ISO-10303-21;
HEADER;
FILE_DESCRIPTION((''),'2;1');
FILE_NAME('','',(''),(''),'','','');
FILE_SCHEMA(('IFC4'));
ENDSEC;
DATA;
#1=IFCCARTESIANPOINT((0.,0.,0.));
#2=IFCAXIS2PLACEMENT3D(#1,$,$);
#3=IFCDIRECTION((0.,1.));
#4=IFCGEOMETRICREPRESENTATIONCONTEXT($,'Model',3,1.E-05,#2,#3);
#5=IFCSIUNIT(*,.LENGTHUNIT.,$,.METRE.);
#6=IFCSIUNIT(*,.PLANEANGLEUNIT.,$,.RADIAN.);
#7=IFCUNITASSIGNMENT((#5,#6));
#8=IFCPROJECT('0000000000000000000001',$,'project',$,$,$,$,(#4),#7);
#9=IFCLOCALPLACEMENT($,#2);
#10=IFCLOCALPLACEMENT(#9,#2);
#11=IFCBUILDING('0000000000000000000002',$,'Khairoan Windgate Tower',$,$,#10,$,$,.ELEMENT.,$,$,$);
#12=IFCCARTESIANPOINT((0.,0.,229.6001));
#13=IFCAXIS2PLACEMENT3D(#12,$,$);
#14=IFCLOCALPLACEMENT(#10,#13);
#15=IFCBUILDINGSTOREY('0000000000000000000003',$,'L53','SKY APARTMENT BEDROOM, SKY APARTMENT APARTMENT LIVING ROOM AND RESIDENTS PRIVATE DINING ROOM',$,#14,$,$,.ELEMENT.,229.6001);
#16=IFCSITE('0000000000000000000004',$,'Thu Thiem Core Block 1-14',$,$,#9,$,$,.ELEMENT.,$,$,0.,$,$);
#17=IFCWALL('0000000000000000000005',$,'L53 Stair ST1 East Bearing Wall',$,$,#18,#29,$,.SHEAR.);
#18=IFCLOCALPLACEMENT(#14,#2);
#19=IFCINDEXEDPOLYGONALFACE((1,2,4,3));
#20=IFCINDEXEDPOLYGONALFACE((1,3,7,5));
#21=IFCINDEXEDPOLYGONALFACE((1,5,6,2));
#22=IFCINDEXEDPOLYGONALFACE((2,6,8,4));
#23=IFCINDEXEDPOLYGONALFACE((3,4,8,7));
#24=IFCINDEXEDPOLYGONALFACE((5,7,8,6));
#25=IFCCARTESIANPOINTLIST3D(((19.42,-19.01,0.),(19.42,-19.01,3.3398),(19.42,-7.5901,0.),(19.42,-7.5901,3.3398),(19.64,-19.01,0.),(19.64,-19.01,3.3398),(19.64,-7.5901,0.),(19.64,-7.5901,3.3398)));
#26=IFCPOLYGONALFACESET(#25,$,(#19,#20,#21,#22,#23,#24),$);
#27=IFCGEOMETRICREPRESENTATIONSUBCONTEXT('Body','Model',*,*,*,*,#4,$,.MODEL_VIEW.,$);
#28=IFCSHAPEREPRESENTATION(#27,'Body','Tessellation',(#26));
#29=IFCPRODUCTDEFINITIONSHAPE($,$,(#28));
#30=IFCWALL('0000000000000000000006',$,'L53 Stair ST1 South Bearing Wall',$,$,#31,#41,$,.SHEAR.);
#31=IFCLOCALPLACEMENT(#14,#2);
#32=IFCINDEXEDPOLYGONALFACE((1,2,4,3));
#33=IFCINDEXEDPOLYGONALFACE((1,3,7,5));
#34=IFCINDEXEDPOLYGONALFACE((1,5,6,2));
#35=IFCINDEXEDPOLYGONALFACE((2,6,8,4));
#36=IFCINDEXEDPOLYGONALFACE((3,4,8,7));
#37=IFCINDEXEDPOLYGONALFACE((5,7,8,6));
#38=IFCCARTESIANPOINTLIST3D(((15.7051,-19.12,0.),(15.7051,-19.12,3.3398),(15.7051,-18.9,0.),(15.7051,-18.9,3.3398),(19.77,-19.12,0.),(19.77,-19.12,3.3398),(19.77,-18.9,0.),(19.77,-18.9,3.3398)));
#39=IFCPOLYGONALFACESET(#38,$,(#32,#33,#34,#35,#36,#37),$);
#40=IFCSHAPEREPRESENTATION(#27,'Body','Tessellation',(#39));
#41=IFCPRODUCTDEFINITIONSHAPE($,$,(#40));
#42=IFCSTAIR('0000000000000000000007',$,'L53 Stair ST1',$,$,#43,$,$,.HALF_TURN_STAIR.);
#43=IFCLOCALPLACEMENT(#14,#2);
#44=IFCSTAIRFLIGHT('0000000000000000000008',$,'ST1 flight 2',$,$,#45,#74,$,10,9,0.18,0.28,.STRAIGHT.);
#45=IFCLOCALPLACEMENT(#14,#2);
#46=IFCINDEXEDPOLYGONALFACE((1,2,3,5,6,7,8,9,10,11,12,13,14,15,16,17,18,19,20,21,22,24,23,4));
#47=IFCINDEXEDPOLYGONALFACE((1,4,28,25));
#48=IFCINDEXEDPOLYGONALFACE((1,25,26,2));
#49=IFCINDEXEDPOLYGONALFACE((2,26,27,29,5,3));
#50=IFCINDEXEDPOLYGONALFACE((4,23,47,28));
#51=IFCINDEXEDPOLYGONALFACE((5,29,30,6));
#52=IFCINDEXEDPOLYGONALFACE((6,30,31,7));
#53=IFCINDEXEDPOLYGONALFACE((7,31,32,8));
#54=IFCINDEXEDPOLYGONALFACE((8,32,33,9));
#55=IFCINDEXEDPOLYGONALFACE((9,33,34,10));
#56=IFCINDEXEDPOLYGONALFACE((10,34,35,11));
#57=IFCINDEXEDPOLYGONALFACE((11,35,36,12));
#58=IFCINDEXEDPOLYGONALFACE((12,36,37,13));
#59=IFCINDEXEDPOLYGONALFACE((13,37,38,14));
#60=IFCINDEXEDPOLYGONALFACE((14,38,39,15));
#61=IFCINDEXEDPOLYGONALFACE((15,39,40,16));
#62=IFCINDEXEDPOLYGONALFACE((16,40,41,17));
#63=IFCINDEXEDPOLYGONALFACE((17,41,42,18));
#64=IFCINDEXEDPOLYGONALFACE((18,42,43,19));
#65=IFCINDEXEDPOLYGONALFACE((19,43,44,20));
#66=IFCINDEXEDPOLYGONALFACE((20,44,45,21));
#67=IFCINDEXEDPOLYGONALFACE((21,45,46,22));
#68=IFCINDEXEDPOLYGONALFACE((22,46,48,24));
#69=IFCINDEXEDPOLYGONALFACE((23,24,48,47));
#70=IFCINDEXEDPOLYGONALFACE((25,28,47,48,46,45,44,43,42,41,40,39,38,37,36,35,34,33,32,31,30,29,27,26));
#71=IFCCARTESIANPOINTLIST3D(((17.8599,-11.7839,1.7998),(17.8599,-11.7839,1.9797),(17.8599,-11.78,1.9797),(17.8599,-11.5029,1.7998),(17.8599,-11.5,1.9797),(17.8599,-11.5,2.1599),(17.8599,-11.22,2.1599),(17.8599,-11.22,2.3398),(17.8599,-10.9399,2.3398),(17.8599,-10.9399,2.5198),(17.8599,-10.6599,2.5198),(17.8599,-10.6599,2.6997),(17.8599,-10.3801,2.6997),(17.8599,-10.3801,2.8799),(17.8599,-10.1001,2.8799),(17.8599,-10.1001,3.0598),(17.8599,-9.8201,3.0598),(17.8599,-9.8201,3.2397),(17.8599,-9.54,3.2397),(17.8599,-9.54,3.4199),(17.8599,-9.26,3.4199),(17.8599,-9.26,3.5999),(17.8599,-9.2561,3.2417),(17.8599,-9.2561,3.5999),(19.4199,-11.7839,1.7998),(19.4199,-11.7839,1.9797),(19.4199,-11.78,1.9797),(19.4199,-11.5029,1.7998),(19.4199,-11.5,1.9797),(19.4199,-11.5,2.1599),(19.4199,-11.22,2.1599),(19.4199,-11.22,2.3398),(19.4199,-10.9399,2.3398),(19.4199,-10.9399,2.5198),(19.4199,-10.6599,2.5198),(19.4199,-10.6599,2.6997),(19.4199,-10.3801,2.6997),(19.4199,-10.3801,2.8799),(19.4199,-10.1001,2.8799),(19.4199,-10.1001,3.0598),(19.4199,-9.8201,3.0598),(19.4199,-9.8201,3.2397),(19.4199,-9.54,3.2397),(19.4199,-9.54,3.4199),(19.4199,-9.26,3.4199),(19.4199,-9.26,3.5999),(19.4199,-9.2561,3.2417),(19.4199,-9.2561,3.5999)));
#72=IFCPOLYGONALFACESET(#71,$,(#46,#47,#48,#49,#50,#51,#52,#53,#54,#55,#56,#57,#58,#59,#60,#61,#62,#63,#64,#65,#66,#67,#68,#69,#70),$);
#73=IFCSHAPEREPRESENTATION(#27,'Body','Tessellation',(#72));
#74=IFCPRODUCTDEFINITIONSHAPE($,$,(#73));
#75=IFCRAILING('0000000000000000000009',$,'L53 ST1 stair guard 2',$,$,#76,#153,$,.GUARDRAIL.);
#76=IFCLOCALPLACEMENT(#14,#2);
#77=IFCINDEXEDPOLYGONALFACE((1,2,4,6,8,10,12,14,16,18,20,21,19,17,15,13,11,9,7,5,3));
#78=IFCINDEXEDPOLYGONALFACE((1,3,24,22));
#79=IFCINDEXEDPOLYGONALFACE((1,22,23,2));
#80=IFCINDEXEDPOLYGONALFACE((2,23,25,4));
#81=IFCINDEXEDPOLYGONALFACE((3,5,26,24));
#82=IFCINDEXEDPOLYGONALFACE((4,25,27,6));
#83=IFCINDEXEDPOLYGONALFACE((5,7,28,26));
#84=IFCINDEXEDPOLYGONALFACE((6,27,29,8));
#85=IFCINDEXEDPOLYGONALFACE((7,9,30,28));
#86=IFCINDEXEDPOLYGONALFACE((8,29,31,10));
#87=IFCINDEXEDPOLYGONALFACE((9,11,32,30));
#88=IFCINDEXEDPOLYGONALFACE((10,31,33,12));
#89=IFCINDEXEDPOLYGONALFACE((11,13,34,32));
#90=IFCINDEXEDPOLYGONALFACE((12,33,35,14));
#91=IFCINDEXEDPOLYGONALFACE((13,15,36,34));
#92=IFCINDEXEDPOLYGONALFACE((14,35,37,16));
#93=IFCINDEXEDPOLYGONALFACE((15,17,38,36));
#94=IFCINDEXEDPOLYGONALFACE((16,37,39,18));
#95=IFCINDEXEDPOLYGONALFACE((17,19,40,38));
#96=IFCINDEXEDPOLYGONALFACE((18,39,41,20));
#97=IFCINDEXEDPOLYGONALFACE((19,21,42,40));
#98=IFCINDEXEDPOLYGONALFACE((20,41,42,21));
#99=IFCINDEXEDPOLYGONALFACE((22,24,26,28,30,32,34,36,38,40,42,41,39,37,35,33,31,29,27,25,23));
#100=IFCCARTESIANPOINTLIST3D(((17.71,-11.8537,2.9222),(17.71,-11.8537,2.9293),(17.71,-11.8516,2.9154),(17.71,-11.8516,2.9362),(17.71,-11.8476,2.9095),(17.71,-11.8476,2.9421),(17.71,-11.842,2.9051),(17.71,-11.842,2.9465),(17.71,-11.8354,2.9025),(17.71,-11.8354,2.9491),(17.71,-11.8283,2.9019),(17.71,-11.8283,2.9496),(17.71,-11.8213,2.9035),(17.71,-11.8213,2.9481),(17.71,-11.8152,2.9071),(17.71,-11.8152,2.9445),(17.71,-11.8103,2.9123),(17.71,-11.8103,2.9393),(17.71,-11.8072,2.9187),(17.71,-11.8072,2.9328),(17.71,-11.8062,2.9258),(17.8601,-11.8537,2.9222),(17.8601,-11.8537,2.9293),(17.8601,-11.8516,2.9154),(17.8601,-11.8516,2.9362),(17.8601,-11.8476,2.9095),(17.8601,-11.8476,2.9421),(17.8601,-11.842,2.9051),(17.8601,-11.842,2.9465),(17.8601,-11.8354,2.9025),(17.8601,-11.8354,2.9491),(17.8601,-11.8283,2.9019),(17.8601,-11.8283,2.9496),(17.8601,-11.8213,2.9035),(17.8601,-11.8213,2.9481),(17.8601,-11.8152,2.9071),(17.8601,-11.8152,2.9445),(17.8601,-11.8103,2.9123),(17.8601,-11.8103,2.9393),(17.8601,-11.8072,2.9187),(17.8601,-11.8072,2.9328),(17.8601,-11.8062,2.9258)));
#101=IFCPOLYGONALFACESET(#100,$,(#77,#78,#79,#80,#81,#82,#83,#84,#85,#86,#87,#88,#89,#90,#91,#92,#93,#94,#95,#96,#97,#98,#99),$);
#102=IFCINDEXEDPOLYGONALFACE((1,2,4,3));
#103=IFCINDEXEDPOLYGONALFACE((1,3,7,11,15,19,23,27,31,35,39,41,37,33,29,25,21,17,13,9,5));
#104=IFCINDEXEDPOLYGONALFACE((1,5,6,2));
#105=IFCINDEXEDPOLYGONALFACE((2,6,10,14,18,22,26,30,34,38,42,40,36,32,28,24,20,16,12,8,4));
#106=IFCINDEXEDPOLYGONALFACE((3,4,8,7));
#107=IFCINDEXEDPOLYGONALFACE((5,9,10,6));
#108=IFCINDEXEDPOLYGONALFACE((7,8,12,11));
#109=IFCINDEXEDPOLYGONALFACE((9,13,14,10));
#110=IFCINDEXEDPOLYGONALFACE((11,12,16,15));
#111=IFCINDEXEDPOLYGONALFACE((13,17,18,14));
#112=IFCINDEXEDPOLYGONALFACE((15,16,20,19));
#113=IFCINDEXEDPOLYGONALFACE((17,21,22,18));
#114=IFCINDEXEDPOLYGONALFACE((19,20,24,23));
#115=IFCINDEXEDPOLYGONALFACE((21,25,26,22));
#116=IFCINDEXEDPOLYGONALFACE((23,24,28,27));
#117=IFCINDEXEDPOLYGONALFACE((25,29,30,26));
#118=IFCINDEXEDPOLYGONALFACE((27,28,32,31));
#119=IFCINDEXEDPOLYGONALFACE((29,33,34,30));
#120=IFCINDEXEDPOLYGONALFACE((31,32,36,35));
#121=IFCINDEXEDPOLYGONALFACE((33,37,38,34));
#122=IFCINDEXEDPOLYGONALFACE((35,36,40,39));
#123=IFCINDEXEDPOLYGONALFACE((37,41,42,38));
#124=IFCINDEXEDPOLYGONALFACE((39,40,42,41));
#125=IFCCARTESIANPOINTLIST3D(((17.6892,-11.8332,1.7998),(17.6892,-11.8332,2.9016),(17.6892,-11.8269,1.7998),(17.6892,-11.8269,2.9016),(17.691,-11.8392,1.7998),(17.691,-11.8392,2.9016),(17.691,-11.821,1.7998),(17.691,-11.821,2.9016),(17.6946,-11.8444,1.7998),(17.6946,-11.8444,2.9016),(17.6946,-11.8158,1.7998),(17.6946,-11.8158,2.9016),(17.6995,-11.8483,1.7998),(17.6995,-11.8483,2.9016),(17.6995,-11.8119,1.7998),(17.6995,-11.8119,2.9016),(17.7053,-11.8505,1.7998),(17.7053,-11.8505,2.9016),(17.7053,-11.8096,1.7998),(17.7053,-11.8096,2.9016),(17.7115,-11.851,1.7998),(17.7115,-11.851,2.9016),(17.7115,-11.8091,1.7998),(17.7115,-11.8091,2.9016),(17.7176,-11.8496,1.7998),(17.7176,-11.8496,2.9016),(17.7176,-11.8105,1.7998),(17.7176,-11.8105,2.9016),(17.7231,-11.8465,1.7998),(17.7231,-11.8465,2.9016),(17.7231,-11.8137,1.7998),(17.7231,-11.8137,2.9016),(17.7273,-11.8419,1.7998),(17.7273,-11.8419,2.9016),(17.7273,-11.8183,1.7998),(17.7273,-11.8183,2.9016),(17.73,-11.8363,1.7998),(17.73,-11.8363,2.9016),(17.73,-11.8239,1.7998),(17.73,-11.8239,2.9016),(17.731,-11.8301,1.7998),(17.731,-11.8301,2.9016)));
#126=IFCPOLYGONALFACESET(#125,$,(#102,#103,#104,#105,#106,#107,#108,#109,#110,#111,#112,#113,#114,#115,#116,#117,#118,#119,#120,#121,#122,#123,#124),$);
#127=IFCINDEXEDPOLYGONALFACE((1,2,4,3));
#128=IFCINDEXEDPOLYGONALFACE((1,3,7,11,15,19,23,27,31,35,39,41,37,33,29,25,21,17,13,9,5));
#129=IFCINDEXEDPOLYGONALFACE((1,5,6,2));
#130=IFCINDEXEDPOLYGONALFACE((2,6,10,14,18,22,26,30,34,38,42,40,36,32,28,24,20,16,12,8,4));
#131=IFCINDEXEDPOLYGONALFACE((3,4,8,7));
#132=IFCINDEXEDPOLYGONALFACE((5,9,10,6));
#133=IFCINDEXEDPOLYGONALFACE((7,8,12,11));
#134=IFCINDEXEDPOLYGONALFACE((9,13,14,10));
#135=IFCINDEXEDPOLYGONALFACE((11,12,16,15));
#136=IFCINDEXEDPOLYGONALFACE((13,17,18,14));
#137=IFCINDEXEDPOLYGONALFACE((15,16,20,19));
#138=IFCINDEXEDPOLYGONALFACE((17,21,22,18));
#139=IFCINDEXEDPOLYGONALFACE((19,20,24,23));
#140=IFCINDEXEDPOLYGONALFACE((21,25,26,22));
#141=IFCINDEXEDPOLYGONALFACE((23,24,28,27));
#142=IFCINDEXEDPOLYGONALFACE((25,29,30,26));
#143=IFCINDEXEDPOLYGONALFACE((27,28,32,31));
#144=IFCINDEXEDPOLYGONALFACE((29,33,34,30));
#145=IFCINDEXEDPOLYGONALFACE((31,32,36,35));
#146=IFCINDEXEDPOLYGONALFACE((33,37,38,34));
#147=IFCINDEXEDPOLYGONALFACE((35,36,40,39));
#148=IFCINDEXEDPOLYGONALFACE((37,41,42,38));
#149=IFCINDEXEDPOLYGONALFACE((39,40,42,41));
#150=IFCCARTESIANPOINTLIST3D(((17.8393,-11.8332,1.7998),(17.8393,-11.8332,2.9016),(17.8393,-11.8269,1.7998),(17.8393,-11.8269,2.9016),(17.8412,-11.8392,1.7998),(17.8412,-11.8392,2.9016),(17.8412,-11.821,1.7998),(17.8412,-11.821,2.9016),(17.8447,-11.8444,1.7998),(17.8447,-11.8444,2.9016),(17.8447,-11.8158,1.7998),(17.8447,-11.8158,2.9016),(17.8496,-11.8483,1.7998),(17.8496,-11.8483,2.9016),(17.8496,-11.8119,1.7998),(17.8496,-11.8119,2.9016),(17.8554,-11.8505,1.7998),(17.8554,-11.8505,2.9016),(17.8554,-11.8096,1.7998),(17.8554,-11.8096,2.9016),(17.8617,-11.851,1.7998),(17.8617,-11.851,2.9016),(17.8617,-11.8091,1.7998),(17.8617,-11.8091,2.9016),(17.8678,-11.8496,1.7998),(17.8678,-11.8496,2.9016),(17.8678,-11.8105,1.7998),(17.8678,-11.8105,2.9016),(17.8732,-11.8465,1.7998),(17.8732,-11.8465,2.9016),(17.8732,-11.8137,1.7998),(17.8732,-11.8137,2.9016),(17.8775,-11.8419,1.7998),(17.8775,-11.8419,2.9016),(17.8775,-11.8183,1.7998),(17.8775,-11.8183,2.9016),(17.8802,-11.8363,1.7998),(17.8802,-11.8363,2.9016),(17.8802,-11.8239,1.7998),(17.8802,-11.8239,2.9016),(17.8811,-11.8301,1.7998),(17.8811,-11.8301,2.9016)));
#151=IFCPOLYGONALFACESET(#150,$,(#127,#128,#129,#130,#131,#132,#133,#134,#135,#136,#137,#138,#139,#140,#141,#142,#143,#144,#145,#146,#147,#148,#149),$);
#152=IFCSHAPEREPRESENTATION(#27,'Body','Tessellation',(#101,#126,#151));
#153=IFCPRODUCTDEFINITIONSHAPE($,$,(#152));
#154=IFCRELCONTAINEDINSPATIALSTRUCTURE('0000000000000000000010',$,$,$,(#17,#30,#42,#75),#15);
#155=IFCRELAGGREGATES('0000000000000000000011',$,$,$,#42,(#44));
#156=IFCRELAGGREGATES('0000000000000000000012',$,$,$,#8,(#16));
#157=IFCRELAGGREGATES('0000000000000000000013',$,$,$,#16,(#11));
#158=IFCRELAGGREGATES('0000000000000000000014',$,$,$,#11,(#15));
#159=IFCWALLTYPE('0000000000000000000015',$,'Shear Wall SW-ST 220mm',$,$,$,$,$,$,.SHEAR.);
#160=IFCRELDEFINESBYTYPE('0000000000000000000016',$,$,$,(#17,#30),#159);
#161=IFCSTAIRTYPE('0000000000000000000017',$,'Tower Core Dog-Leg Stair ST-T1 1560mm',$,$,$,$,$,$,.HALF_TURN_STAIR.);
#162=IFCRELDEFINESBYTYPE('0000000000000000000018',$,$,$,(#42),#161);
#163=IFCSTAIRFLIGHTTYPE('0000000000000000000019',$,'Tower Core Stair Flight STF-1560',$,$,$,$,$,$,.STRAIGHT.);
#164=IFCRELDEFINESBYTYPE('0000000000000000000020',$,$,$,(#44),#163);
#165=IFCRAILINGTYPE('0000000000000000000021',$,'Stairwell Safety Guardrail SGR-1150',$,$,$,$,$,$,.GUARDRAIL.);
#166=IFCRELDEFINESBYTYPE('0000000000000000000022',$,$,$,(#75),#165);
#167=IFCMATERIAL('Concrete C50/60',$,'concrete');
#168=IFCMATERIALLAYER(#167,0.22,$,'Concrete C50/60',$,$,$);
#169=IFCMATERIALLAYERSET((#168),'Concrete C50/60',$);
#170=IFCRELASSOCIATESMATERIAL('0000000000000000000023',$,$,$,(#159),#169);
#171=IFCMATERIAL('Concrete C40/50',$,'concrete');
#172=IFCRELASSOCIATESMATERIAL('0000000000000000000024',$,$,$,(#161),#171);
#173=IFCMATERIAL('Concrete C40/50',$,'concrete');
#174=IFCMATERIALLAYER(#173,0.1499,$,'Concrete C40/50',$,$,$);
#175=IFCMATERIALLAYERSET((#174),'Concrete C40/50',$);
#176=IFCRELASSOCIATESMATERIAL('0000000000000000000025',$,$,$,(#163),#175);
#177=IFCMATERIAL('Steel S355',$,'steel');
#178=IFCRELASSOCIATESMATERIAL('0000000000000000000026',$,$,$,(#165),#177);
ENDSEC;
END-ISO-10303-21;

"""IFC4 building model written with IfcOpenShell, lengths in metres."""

from ifc_helpers import new_model, si_unit, direction, frame, frame_2d, origin, origin_2d, place, context, subcontext, project, spatial, polyline, rectangle, circle, outline, extrude, material, layer, layer_set, type_object, element, aggregate, save


model = new_model("IFC4")

# Units and contexts
model_context = context("Model", 3, precision=1e-05, world=origin(), true_north=direction((0.0, 1.0)))
body_context = subcontext(model_context, "Body", "Model", "MODEL_VIEW")
ifc_project = project(units=[si_unit("LENGTHUNIT", "METRE"), si_unit("PLANEANGLEUNIT", "RADIAN")], contexts=[model_context])

# Site, building, storey
site_placement = place(None, origin())
site = spatial("IfcSite", under=ifc_project, at=site_placement, Name="Thu Thiem Core Block 1-14", CompositionType="ELEMENT", RefElevation=0.0)
building_placement = place(site_placement, origin())
building = spatial("IfcBuilding", under=site, at=building_placement, Name="Khairoan Windgate Tower", CompositionType="ELEMENT")
storey_placement = place(building_placement, frame((0.0, 0.0, 229.6001)))
storey = spatial("IfcBuildingStorey", under=building, at=storey_placement, Name="L53", Description="SKY APARTMENT BEDROOM, SKY APARTMENT APARTMENT LIVING ROOM AND RESIDENTS PRIVATE DINING ROOM", CompositionType="ELEMENT", Elevation=229.6001)

# Walls
ifc_material_1 = material(Name="Concrete C50/60", Category="concrete")
ifc_layer_1 = layer(ifc_material_1, 0.22, Name="Concrete C50/60")
ifc_layer_set_1 = layer_set([ifc_layer_1], Name="Concrete C50/60")
wall_type_1 = type_object("IfcWallType", Name="Shear Wall SW-ST 220mm", PredefinedType="SHEAR", material=ifc_layer_set_1)
for number, where, z_axis, x_axis, name in (
    (1, (19.53, -19.01, 0.0), (0.0, 0.0, 1.0), (0.0, 1.0, 0.0), "L53 Stair ST1 East Bearing Wall"),
):
    element("IfcWall", number, at=place(storey_placement, frame(where, z_axis=z_axis, x_axis=x_axis)), inside=storey, type_object=wall_type_1, Name=name, PredefinedType="SHEAR", context=body_context, shape_type="SweptSolid", body=[
        extrude(rectangle(XDim=11.4199, YDim=0.22, at=frame_2d((5.71, 0.0))), origin(), (0.0, 0.0, 1.0), 3.3398),
    ])
wall_1_placement = place(storey_placement, frame((15.7051, -19.01, 0.0), z_axis=(0.0, 0.0, 1.0), x_axis=(1.0, 0.0, 0.0)))
element("IfcWall", 2, at=wall_1_placement, inside=storey, type_object=wall_type_1, Name="L53 Stair ST1 South Bearing Wall", PredefinedType="SHEAR", context=body_context, shape_type="SweptSolid", body=[
    extrude(rectangle(XDim=4.0649, YDim=0.22, at=frame_2d((2.0325, 0.0))), origin(), (0.0, 0.0, 1.0), 3.3398),
])

# Stair, stair flight
ifc_material_2 = material(Name="Concrete C40/50", Category="concrete")
stair_type = type_object("IfcStairType", Name="Tower Core Dog-Leg Stair ST-T1 1560mm", PredefinedType="HALF_TURN_STAIR", material=ifc_material_2)
stair_placement = place(storey_placement, origin())
stair = element("IfcStair", 3, at=stair_placement, inside=storey, type_object=stair_type, Name="L53 Stair ST1", PredefinedType="HALF_TURN_STAIR")
ifc_material_3 = material(Name="Concrete C40/50", Category="concrete")
ifc_layer_2 = layer(ifc_material_3, 0.1499, Name="Concrete C40/50")
ifc_layer_set_2 = layer_set([ifc_layer_2], Name="Concrete C40/50")
stair_flight_type = type_object("IfcStairFlightType", Name="Tower Core Stair Flight STF-1560", PredefinedType="STRAIGHT", material=ifc_layer_set_2)
stair_flight_placement = place(storey_placement, frame((18.6399, -11.78, 1.7998), z_axis=(0.0, 0.0, 1.0), x_axis=(0.0, 1.0, 0.0)))
stair_flight = element("IfcStairFlight", 4, at=stair_flight_placement, type_object=stair_flight_type, Name="ST1 flight 2", NumberOfRisers=10, NumberOfTreads=9, PredefinedType="STRAIGHT", RiserHeight=0.18, TreadLength=0.28, context=body_context, shape_type="SweptSolid", body=[
    extrude(outline(polyline([(-0.0039, 0.0), (-0.0039, 0.1799), (0.0, 0.1799), (0.28, 0.1799), (0.28, 0.3601), (0.5601, 0.3601), (0.5601, 0.54), (0.8401, 0.54), (0.8401, 0.72), (1.1201, 0.72), (1.1201, 0.8999), (1.3999, 0.8999), (1.3999, 1.0801), (1.6799, 1.0801), (1.6799, 1.26), (1.96, 1.26), (1.96, 1.4399), (2.24, 1.4399), (2.24, 1.6201), (2.52, 1.6201), (2.52, 1.8), (2.5239, 1.8), (2.5239, 1.4419), (0.2771, 0.0), (-0.0039, 0.0)])), frame((0.0, 0.78, 0.0), z_axis=(0.0, -1.0, 0.0), x_axis=(1.0, 0.0, 0.0)), (0.0, 0.0, 1.0), 1.5601),
])
aggregate(stair, [stair_flight])

# Railing
ifc_material_4 = material(Name="Steel S355", Category="steel")
railing_type = type_object("IfcRailingType", Name="Stairwell Safety Guardrail SGR-1150", PredefinedType="GUARDRAIL", material=ifc_material_4)
railing_1_placement = place(storey_placement, frame((17.71, -11.8301, 1.7998)))
element("IfcRailing", 5, at=railing_1_placement, inside=storey, type_object=railing_type, Name="L53 ST1 stair guard 2", PredefinedType="GUARDRAIL", context=body_context, shape_type="SweptSolid", body=[
    extrude(circle(Radius=0.0239, at=origin_2d()), frame((0.0, 0.0, 1.126), z_axis=(1.0, 0.0, 0.0), x_axis=(0.0, 1.0, 0.0)), (0.0, 0.0, 1.0), 0.1501),
    extrude(circle(Radius=0.021, at=origin_2d()), origin(), (0.0, 0.0, 1.0), 1.1018),
    extrude(circle(Radius=0.021, at=origin_2d()), frame((0.1501, 0.0, 0.0)), (0.0, 0.0, 1.0), 1.1018),
])

save(model, "model.ifc")
